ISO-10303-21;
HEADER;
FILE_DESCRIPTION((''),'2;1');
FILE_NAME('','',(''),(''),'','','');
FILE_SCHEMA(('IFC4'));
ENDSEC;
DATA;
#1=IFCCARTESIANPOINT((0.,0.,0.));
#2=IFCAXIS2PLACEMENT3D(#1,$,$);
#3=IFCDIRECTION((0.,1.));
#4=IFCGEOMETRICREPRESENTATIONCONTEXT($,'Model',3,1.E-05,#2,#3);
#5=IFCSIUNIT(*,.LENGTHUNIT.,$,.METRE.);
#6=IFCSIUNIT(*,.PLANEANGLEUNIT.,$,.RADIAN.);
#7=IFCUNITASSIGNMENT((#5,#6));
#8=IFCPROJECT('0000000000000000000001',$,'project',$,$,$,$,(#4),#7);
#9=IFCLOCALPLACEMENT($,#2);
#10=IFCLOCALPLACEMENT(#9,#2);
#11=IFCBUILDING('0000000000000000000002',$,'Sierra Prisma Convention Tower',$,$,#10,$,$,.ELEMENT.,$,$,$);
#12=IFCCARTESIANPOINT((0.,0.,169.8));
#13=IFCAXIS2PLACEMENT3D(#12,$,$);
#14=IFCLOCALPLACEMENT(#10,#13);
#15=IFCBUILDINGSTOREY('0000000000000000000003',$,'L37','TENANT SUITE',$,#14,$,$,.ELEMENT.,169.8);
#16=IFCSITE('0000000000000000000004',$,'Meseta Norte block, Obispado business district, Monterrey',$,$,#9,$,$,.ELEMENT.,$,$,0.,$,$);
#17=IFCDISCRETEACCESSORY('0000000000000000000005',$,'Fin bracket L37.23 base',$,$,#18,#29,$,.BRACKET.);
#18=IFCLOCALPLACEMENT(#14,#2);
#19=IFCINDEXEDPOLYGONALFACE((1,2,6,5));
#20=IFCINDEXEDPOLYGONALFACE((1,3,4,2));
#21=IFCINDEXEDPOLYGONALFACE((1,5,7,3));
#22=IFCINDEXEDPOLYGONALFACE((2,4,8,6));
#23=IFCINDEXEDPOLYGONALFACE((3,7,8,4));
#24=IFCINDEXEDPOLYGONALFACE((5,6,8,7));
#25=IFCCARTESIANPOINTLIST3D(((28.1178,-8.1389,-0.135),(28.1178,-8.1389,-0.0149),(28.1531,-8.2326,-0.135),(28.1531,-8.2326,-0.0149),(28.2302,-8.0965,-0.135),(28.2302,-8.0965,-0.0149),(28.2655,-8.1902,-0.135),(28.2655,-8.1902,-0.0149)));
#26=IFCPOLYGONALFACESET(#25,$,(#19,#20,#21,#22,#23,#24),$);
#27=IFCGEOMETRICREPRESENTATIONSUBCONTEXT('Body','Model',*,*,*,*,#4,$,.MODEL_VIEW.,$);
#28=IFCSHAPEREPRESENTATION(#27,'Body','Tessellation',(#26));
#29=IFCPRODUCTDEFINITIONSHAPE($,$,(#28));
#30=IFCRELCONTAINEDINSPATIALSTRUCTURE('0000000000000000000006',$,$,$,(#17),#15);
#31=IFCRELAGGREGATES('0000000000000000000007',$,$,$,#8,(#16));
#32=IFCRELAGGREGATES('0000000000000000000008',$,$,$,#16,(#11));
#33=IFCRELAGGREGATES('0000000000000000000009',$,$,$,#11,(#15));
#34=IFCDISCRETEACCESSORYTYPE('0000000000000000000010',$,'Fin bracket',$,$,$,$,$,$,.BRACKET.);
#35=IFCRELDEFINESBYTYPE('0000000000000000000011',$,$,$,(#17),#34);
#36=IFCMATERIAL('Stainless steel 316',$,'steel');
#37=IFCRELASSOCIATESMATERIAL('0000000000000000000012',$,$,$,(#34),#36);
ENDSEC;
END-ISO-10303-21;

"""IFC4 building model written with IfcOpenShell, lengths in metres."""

from ifc_helpers import new_model, si_unit, direction, frame, origin, origin_2d, place, context, subcontext, project, spatial, rectangle, extrude, material, type_object, element, save


model = new_model("IFC4")

# Units and contexts
model_context = context("Model", 3, precision=1e-05, world=origin(), true_north=direction((0.0, 1.0)))
body_context = subcontext(model_context, "Body", "Model", "MODEL_VIEW")
ifc_project = project(units=[si_unit("LENGTHUNIT", "METRE"), si_unit("PLANEANGLEUNIT", "RADIAN")], contexts=[model_context])

# Site, building, storey
site_placement = place(None, origin())
site = spatial("IfcSite", under=ifc_project, at=site_placement, Name="Meseta Norte block, Obispado business district, Monterrey", CompositionType="ELEMENT", RefElevation=0.0)
building_placement = place(site_placement, origin())
building = spatial("IfcBuilding", under=site, at=building_placement, Name="Sierra Prisma Convention Tower", CompositionType="ELEMENT")
storey_placement = place(building_placement, frame((0.0, 0.0, 169.8)))
storey = spatial("IfcBuildingStorey", under=building, at=storey_placement, Name="L37", Description="TENANT SUITE", CompositionType="ELEMENT", Elevation=169.8)

# Discrete accessory
ifc_material_1 = material(Name="Stainless steel 316", Category="steel")
discrete_accessory_type = type_object("IfcDiscreteAccessoryType", Name="Fin bracket", PredefinedType="BRACKET", material=ifc_material_1)
discrete_accessory_placement = place(storey_placement, frame((28.1917, -8.1646, -0.135), z_axis=(0.0, 0.0, 1.0), x_axis=(0.935832, 0.352446, 0.0)))
element("IfcDiscreteAccessory", 1, at=discrete_accessory_placement, inside=storey, type_object=discrete_accessory_type, Name="Fin bracket L37.23 base", PredefinedType="BRACKET", context=body_context, shape_type="SweptSolid", body=[
    extrude(rectangle(XDim=0.1201, YDim=0.1001, at=origin_2d()), origin(), (0.0, 0.0, 1.0), 0.1201),
])

save(model, "model.ifc")
